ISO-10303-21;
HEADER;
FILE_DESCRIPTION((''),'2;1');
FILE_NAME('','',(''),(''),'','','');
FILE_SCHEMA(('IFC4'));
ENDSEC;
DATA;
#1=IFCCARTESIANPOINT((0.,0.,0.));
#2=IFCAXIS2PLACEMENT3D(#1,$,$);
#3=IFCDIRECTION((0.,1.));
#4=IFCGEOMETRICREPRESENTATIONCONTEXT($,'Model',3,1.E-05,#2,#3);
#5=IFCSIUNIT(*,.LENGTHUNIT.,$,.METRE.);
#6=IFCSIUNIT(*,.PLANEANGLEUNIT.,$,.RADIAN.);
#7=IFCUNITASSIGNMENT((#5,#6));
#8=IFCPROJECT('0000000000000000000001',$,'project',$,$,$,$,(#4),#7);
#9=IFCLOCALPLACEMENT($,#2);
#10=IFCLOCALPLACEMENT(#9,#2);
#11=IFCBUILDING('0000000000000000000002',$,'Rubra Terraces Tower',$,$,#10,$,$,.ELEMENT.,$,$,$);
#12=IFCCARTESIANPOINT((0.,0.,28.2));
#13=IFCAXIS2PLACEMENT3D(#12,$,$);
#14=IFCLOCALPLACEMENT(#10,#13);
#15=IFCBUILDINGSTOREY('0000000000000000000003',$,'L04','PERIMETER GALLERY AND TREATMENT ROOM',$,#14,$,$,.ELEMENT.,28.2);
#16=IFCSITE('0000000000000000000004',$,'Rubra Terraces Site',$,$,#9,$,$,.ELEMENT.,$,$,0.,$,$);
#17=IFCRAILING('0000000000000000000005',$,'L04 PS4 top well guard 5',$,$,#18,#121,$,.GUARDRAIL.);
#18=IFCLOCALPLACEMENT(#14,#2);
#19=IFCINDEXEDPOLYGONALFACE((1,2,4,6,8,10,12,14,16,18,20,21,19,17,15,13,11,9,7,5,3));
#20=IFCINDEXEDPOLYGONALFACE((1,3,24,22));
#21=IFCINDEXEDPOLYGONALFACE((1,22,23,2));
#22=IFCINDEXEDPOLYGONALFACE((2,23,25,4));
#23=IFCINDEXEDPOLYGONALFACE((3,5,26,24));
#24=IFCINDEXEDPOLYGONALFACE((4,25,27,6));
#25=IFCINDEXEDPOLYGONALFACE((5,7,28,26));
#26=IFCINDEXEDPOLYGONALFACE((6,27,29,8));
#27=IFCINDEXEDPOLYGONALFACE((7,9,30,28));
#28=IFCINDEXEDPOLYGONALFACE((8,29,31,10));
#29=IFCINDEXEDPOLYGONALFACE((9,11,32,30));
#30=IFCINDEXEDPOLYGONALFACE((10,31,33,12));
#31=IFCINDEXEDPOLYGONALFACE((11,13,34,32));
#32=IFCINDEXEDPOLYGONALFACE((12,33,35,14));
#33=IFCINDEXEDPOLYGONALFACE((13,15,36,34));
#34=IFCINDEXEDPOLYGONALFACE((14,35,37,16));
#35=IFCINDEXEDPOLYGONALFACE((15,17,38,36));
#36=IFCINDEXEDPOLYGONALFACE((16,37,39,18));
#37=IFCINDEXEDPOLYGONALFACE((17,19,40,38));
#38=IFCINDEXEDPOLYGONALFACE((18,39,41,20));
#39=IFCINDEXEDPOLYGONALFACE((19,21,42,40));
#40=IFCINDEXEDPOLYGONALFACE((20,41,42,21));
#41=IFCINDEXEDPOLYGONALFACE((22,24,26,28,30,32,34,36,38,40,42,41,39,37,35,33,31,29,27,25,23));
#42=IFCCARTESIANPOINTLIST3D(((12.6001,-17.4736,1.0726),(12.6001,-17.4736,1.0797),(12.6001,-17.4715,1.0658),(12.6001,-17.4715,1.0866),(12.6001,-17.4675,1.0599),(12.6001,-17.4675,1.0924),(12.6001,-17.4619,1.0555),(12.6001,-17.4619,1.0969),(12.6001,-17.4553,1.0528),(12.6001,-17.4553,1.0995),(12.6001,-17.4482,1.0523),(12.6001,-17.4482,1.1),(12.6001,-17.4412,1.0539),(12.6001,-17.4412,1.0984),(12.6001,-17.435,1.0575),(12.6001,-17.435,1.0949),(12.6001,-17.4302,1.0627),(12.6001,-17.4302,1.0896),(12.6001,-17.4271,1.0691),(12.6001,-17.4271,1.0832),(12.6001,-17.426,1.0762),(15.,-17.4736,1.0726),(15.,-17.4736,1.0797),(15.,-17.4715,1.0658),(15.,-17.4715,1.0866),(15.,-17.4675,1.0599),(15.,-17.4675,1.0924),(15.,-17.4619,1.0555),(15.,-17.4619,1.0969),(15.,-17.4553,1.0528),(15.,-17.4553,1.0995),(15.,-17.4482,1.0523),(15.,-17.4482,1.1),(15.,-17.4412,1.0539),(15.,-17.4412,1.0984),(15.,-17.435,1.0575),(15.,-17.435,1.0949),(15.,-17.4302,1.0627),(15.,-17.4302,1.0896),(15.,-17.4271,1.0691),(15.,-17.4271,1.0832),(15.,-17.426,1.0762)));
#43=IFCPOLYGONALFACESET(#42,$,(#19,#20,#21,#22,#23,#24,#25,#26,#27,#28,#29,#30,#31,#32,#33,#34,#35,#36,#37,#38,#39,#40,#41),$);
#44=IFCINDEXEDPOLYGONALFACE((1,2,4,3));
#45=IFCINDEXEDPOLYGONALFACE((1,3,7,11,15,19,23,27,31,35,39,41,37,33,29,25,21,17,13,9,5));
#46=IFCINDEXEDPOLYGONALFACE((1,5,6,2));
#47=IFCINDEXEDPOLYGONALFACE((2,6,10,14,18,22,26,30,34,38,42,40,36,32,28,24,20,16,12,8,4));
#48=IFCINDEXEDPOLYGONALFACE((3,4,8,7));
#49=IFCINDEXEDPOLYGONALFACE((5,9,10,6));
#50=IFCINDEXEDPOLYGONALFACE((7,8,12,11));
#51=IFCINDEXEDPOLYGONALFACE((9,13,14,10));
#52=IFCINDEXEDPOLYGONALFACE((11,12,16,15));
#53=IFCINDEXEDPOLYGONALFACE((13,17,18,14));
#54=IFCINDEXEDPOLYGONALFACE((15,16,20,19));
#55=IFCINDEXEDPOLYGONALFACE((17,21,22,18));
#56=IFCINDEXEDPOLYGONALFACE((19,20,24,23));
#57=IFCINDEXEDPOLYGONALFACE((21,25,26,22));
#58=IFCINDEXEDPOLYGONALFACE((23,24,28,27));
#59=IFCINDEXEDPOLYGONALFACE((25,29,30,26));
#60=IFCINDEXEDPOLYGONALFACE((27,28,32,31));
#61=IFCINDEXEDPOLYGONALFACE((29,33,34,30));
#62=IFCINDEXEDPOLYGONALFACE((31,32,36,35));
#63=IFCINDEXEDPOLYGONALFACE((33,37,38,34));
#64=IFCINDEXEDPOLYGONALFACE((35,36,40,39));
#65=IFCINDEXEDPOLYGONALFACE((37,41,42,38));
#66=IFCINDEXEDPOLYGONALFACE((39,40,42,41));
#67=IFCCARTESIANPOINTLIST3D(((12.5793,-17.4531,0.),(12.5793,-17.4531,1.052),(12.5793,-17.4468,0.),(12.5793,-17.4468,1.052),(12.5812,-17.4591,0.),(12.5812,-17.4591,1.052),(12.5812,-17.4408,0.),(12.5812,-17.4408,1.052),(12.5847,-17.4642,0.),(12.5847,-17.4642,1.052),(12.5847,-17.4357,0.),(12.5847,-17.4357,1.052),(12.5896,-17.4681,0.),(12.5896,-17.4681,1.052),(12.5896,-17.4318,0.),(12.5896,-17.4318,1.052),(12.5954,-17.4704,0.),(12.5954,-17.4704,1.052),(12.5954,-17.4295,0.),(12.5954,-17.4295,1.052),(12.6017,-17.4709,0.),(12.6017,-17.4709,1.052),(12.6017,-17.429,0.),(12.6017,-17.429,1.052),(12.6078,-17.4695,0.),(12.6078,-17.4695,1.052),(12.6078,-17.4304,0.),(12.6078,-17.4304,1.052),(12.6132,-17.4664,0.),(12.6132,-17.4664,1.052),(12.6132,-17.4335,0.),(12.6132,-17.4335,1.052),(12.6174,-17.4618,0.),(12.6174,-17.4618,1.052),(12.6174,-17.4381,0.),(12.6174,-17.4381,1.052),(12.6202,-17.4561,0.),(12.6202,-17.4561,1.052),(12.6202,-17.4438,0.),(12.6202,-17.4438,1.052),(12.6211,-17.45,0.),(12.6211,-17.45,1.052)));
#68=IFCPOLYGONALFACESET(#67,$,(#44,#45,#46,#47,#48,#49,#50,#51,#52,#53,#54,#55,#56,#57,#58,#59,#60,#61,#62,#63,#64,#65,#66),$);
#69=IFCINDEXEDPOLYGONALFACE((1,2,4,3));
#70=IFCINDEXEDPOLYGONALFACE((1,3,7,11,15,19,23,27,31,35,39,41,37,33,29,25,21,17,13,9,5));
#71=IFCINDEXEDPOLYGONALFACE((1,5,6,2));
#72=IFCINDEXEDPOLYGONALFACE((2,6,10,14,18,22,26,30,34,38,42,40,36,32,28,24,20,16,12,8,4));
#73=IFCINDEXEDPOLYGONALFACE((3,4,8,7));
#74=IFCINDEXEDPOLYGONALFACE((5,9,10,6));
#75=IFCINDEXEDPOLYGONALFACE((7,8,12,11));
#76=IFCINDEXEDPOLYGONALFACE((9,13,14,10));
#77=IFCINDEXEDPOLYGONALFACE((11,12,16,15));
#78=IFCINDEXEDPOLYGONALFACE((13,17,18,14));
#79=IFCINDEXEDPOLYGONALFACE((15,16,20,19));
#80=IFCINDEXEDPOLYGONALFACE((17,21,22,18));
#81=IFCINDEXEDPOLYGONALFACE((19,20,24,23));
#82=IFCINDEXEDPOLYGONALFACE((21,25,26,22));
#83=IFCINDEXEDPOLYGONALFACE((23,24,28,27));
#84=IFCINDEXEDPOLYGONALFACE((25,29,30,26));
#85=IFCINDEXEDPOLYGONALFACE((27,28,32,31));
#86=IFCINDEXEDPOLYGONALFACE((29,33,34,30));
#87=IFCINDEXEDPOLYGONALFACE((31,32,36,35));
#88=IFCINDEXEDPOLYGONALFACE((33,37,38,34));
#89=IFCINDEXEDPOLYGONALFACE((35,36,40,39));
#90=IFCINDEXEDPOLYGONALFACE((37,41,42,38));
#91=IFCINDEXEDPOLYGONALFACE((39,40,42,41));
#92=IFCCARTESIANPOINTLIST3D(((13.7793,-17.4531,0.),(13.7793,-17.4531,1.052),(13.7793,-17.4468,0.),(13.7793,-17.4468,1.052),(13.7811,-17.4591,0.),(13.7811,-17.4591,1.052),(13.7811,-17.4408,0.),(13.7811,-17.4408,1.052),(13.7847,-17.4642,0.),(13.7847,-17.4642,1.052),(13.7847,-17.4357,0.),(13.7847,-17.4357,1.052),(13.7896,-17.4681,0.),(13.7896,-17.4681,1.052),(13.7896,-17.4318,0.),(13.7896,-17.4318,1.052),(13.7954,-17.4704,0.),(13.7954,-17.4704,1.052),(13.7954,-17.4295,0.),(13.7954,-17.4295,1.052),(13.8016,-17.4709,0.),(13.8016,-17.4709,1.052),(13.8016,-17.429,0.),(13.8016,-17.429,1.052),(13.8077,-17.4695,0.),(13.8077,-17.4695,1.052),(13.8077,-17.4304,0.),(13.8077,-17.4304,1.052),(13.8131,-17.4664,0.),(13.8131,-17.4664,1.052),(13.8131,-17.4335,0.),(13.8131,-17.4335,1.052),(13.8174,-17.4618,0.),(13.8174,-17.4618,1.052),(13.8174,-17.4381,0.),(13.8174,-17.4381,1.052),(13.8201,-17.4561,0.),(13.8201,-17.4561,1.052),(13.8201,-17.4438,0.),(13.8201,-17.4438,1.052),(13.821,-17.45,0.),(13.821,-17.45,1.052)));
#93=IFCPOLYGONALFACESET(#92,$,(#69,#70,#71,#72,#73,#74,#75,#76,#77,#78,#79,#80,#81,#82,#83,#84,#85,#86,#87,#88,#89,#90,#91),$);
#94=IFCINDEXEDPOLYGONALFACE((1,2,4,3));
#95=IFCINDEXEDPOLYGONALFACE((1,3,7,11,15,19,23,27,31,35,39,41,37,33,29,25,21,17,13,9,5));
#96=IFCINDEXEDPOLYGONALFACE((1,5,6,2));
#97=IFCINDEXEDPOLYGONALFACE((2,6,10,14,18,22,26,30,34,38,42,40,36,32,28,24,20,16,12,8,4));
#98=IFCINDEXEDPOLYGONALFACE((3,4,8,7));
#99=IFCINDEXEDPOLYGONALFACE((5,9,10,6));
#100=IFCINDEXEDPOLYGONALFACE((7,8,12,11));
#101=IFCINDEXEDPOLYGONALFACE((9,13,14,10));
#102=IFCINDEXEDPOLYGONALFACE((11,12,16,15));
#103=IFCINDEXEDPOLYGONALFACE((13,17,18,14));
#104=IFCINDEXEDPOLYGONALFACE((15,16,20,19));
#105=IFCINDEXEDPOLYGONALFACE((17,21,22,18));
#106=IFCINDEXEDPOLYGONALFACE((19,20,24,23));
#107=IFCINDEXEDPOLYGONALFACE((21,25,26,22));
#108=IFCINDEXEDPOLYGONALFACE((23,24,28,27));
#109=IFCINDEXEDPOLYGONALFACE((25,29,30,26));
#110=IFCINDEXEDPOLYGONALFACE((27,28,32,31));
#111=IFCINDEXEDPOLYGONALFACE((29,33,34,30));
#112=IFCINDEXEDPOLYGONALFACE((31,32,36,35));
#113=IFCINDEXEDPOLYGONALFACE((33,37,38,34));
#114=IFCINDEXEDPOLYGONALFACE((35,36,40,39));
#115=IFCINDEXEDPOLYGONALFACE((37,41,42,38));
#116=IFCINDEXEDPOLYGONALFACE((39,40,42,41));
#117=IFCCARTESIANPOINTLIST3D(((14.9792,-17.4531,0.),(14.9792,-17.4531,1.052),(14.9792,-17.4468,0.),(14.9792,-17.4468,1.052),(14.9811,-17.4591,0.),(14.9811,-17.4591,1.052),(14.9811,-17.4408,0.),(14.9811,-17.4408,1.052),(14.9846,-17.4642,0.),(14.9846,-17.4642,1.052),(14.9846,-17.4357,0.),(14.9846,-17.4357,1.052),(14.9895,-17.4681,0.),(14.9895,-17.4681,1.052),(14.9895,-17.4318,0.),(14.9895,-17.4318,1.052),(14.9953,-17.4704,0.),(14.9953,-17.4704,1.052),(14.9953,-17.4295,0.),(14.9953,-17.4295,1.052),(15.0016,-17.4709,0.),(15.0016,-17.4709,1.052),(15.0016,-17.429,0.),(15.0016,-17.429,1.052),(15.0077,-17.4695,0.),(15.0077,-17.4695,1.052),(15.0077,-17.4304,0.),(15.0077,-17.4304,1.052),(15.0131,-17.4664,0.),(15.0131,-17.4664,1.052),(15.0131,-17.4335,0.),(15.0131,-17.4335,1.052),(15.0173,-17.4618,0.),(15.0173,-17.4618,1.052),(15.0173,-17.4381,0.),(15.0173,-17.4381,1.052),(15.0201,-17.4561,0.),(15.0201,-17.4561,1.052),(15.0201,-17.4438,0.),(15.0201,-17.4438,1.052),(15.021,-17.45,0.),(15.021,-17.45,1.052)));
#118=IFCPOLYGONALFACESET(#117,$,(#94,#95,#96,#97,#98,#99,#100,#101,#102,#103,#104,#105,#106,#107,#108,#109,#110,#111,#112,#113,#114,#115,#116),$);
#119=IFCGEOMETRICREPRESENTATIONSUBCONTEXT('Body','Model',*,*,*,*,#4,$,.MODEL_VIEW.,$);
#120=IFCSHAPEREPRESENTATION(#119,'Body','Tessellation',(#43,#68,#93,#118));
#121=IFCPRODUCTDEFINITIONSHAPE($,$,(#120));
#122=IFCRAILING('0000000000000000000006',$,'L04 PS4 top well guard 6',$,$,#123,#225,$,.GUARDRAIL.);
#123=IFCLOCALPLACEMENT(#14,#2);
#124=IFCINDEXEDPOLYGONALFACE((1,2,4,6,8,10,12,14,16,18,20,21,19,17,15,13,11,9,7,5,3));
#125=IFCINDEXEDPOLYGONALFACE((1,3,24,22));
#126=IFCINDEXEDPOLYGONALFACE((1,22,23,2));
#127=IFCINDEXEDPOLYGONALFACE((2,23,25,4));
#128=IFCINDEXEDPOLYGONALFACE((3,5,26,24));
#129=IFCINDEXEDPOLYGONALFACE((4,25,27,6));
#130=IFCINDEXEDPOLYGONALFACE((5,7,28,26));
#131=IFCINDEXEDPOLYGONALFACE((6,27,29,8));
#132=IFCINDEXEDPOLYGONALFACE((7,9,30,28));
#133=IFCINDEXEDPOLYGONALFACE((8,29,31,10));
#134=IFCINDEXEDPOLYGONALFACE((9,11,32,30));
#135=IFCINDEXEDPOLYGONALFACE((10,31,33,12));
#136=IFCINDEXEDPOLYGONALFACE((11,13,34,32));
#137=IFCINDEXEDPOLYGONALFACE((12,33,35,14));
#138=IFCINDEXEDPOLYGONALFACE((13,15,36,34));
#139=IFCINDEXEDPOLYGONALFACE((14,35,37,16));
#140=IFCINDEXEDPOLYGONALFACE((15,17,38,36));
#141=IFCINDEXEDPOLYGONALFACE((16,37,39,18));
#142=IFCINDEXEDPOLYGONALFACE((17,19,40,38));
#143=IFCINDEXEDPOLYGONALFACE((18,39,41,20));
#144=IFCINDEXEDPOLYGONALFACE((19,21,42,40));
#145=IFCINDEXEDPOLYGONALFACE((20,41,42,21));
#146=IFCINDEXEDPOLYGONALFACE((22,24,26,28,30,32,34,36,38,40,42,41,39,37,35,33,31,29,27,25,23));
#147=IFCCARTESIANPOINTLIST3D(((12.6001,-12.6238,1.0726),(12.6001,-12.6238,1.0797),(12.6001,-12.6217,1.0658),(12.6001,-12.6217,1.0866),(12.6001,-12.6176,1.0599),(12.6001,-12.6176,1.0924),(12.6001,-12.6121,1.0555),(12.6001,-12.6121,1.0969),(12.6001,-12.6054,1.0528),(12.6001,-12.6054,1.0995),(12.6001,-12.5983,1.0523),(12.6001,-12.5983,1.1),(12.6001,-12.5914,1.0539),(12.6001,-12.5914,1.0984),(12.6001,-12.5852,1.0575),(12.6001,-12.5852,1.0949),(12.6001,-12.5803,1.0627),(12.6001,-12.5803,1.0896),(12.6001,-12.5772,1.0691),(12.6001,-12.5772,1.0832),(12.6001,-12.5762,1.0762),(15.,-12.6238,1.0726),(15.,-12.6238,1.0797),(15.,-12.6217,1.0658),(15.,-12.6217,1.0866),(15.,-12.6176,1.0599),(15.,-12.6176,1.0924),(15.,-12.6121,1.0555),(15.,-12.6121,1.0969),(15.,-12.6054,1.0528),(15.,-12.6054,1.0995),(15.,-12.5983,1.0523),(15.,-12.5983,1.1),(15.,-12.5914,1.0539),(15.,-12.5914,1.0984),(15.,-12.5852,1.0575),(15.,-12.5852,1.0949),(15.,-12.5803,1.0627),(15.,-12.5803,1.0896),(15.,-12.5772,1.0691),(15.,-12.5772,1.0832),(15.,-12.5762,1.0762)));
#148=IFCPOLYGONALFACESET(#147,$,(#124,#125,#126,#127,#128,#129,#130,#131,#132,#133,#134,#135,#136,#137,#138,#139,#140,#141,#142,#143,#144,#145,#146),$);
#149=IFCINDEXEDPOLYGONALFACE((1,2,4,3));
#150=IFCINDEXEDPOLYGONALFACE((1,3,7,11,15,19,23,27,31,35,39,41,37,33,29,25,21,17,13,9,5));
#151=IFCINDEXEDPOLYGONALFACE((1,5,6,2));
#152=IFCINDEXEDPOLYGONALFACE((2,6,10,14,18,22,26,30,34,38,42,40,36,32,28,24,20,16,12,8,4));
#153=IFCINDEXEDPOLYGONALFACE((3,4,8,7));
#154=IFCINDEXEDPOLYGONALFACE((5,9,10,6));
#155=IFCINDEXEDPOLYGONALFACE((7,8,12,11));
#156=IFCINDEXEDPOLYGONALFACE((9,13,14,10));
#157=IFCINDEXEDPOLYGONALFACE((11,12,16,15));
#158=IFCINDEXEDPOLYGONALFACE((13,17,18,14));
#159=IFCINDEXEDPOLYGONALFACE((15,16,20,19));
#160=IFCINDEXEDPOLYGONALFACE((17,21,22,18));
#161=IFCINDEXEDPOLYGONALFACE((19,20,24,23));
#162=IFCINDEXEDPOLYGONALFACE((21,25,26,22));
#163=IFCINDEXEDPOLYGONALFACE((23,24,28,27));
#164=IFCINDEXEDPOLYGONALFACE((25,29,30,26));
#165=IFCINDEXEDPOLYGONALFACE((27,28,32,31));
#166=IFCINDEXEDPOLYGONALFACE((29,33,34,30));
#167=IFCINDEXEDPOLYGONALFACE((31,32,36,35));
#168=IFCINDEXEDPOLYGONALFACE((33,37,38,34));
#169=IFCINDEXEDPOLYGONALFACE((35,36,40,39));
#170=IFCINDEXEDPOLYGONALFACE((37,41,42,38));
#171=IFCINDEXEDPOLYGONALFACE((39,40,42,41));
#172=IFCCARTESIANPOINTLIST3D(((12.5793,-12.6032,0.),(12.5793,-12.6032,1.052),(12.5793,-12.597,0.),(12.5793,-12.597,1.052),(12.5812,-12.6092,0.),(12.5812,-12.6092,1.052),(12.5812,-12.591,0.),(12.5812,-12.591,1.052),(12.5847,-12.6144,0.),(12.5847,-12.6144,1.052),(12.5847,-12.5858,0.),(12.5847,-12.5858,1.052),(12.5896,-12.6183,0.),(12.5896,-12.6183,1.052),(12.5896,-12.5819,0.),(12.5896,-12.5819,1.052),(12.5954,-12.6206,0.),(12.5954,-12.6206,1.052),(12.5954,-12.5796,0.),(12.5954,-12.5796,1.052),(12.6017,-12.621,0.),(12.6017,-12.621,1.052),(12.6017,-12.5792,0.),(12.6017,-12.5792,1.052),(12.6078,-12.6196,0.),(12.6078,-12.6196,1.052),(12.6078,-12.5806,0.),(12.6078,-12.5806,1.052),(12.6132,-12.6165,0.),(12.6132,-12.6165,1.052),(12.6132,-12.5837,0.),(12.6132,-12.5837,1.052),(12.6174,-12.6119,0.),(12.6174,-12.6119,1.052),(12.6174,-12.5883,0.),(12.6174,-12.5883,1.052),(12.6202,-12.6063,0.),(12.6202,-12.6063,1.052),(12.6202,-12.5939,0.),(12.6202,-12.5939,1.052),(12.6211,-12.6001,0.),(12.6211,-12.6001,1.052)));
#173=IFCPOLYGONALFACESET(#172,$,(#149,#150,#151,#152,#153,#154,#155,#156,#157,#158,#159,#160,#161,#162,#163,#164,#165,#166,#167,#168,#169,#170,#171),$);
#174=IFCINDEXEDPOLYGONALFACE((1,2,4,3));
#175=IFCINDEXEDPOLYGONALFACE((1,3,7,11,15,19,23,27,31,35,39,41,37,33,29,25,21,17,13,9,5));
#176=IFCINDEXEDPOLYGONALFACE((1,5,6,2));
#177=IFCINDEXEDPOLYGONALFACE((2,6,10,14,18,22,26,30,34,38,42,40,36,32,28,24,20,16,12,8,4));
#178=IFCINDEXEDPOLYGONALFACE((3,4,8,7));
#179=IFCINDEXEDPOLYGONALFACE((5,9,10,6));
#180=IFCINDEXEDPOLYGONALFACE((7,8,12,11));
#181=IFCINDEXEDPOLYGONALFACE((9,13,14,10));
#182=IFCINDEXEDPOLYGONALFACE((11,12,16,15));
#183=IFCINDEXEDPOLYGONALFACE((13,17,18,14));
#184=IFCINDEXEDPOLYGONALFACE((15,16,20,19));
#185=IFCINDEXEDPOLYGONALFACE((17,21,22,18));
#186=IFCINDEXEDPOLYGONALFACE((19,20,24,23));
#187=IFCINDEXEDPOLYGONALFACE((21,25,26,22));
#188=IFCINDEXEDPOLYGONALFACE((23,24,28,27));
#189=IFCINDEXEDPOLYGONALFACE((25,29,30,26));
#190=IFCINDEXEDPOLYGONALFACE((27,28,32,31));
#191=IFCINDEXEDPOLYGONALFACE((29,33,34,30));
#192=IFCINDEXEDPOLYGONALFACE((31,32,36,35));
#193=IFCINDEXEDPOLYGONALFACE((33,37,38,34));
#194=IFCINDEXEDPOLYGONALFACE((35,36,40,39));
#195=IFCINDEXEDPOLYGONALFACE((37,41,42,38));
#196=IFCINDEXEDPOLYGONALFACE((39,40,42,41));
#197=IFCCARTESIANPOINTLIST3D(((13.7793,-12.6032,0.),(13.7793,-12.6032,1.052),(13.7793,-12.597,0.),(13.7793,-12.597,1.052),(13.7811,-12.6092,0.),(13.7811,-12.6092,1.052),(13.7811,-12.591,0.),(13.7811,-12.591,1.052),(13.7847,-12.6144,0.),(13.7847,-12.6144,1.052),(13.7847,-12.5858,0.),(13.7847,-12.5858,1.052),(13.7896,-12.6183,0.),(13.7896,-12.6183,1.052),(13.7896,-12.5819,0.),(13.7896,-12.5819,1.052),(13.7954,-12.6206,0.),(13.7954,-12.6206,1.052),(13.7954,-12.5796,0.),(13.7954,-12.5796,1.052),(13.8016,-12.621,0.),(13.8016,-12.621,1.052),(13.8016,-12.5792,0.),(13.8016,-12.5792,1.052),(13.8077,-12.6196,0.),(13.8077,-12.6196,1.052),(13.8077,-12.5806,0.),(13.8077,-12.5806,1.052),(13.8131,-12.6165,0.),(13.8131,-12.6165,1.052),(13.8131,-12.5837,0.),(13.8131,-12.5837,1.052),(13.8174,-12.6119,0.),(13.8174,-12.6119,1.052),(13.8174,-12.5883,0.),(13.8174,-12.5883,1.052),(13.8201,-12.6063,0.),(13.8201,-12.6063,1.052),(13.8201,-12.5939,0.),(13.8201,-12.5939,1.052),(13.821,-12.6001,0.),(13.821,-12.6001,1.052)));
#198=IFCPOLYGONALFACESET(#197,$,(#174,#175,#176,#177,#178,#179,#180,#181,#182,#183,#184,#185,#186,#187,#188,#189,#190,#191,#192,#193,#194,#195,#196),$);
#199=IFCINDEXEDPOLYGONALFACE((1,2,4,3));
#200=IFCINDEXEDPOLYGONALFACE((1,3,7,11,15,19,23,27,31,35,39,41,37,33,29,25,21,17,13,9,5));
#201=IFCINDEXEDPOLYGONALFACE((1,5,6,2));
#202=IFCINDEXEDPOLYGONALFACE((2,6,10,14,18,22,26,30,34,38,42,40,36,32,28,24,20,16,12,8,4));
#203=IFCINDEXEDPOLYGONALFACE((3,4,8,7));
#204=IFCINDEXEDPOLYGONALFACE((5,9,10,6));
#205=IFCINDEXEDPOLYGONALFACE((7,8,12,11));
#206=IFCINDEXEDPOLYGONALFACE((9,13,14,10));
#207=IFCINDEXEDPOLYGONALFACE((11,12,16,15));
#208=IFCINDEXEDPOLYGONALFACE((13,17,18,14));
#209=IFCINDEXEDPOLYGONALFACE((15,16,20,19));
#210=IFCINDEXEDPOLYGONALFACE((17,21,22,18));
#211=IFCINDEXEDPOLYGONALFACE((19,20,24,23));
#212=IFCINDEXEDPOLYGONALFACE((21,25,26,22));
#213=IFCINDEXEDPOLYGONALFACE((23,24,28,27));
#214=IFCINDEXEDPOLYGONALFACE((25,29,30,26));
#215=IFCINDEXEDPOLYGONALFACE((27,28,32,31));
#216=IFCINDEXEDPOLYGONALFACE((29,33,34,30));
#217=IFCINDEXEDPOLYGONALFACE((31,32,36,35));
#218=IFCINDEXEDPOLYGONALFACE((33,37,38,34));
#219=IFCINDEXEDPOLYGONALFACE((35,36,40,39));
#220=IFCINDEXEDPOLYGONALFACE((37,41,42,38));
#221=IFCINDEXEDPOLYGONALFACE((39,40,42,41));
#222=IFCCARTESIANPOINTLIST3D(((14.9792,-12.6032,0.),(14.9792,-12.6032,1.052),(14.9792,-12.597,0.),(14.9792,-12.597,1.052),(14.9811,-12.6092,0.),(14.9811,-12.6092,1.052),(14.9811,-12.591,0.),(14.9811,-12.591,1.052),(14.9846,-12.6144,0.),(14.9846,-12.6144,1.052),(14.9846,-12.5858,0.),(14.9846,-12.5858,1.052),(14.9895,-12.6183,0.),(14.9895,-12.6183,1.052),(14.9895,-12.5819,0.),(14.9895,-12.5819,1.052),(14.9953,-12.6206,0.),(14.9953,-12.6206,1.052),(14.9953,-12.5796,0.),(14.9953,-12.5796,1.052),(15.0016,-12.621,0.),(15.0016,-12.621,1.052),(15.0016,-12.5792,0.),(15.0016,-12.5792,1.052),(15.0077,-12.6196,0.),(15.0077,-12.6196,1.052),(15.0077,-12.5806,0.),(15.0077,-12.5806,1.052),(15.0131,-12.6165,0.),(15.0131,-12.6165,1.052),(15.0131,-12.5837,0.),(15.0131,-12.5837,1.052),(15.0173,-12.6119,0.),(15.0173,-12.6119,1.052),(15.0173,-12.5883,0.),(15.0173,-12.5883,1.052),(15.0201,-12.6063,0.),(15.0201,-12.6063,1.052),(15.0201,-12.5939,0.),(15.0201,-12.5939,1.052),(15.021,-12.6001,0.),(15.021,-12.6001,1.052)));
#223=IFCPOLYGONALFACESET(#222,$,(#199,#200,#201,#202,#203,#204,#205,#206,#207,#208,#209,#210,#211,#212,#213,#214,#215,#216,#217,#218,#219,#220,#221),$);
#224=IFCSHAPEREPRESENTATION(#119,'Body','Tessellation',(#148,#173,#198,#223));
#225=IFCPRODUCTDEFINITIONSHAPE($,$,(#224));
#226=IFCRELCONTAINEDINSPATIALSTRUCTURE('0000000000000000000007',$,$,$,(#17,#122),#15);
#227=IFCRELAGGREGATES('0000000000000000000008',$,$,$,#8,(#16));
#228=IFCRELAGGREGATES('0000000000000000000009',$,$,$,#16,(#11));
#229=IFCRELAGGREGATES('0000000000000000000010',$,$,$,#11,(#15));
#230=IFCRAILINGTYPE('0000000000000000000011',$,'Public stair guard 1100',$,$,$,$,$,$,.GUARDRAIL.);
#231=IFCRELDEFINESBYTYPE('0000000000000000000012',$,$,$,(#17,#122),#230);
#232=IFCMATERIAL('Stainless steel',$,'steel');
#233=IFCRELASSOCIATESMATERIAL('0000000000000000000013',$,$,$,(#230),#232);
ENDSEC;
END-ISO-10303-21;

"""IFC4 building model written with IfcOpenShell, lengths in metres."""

from ifc_helpers import new_model, si_unit, direction, frame, origin, origin_2d, place, context, subcontext, project, spatial, circle, extrude, material, type_object, element, save


model = new_model("IFC4")

# Units and contexts
model_context = context("Model", 3, precision=1e-05, world=origin(), true_north=direction((0.0, 1.0)))
body_context = subcontext(model_context, "Body", "Model", "MODEL_VIEW")
ifc_project = project(units=[si_unit("LENGTHUNIT", "METRE"), si_unit("PLANEANGLEUNIT", "RADIAN")], contexts=[model_context])

# Site, building, storey
site_placement = place(None, origin())
site = spatial("IfcSite", under=ifc_project, at=site_placement, Name="Rubra Terraces Site", CompositionType="ELEMENT", RefElevation=0.0)
building_placement = place(site_placement, origin())
building = spatial("IfcBuilding", under=site, at=building_placement, Name="Rubra Terraces Tower", CompositionType="ELEMENT")
storey_placement = place(building_placement, frame((0.0, 0.0, 28.2)))
storey = spatial("IfcBuildingStorey", under=building, at=storey_placement, Name="L04", Description="PERIMETER GALLERY AND TREATMENT ROOM", CompositionType="ELEMENT", Elevation=28.2)

# Railings
ifc_material_1 = material(Name="Stainless steel", Category="steel")
railing_type_1 = type_object("IfcRailingType", Name="Public stair guard 1100", PredefinedType="GUARDRAIL", material=ifc_material_1)
for number, where, name in (
    (1, (12.6001, -17.45, 0.0), "L04 PS4 top well guard 5"),
    (2, (12.6001, -12.6001, 0.0), "L04 PS4 top well guard 6"),
):
    element("IfcRailing", number, at=place(storey_placement, frame(where)), inside=storey, type_object=railing_type_1, Name=name, PredefinedType="GUARDRAIL", context=body_context, shape_type="SweptSolid", body=[
        extrude(circle(Radius=0.0239, at=origin_2d()), frame((0.0, 0.0, 1.0762), z_axis=(1.0, 0.0, 0.0), x_axis=(0.0, 1.0, 0.0)), (0.0, 0.0, 1.0), 2.3999),
        extrude(circle(Radius=0.021, at=origin_2d()), origin(), (0.0, 0.0, 1.0), 1.052),
        extrude(circle(Radius=0.021, at=origin_2d()), frame((1.2, 0.0, 0.0)), (0.0, 0.0, 1.0), 1.052),
        extrude(circle(Radius=0.021, at=origin_2d()), frame((2.3999, 0.0, 0.0)), (0.0, 0.0, 1.0), 1.052),
    ])

save(model, "model.ifc")
